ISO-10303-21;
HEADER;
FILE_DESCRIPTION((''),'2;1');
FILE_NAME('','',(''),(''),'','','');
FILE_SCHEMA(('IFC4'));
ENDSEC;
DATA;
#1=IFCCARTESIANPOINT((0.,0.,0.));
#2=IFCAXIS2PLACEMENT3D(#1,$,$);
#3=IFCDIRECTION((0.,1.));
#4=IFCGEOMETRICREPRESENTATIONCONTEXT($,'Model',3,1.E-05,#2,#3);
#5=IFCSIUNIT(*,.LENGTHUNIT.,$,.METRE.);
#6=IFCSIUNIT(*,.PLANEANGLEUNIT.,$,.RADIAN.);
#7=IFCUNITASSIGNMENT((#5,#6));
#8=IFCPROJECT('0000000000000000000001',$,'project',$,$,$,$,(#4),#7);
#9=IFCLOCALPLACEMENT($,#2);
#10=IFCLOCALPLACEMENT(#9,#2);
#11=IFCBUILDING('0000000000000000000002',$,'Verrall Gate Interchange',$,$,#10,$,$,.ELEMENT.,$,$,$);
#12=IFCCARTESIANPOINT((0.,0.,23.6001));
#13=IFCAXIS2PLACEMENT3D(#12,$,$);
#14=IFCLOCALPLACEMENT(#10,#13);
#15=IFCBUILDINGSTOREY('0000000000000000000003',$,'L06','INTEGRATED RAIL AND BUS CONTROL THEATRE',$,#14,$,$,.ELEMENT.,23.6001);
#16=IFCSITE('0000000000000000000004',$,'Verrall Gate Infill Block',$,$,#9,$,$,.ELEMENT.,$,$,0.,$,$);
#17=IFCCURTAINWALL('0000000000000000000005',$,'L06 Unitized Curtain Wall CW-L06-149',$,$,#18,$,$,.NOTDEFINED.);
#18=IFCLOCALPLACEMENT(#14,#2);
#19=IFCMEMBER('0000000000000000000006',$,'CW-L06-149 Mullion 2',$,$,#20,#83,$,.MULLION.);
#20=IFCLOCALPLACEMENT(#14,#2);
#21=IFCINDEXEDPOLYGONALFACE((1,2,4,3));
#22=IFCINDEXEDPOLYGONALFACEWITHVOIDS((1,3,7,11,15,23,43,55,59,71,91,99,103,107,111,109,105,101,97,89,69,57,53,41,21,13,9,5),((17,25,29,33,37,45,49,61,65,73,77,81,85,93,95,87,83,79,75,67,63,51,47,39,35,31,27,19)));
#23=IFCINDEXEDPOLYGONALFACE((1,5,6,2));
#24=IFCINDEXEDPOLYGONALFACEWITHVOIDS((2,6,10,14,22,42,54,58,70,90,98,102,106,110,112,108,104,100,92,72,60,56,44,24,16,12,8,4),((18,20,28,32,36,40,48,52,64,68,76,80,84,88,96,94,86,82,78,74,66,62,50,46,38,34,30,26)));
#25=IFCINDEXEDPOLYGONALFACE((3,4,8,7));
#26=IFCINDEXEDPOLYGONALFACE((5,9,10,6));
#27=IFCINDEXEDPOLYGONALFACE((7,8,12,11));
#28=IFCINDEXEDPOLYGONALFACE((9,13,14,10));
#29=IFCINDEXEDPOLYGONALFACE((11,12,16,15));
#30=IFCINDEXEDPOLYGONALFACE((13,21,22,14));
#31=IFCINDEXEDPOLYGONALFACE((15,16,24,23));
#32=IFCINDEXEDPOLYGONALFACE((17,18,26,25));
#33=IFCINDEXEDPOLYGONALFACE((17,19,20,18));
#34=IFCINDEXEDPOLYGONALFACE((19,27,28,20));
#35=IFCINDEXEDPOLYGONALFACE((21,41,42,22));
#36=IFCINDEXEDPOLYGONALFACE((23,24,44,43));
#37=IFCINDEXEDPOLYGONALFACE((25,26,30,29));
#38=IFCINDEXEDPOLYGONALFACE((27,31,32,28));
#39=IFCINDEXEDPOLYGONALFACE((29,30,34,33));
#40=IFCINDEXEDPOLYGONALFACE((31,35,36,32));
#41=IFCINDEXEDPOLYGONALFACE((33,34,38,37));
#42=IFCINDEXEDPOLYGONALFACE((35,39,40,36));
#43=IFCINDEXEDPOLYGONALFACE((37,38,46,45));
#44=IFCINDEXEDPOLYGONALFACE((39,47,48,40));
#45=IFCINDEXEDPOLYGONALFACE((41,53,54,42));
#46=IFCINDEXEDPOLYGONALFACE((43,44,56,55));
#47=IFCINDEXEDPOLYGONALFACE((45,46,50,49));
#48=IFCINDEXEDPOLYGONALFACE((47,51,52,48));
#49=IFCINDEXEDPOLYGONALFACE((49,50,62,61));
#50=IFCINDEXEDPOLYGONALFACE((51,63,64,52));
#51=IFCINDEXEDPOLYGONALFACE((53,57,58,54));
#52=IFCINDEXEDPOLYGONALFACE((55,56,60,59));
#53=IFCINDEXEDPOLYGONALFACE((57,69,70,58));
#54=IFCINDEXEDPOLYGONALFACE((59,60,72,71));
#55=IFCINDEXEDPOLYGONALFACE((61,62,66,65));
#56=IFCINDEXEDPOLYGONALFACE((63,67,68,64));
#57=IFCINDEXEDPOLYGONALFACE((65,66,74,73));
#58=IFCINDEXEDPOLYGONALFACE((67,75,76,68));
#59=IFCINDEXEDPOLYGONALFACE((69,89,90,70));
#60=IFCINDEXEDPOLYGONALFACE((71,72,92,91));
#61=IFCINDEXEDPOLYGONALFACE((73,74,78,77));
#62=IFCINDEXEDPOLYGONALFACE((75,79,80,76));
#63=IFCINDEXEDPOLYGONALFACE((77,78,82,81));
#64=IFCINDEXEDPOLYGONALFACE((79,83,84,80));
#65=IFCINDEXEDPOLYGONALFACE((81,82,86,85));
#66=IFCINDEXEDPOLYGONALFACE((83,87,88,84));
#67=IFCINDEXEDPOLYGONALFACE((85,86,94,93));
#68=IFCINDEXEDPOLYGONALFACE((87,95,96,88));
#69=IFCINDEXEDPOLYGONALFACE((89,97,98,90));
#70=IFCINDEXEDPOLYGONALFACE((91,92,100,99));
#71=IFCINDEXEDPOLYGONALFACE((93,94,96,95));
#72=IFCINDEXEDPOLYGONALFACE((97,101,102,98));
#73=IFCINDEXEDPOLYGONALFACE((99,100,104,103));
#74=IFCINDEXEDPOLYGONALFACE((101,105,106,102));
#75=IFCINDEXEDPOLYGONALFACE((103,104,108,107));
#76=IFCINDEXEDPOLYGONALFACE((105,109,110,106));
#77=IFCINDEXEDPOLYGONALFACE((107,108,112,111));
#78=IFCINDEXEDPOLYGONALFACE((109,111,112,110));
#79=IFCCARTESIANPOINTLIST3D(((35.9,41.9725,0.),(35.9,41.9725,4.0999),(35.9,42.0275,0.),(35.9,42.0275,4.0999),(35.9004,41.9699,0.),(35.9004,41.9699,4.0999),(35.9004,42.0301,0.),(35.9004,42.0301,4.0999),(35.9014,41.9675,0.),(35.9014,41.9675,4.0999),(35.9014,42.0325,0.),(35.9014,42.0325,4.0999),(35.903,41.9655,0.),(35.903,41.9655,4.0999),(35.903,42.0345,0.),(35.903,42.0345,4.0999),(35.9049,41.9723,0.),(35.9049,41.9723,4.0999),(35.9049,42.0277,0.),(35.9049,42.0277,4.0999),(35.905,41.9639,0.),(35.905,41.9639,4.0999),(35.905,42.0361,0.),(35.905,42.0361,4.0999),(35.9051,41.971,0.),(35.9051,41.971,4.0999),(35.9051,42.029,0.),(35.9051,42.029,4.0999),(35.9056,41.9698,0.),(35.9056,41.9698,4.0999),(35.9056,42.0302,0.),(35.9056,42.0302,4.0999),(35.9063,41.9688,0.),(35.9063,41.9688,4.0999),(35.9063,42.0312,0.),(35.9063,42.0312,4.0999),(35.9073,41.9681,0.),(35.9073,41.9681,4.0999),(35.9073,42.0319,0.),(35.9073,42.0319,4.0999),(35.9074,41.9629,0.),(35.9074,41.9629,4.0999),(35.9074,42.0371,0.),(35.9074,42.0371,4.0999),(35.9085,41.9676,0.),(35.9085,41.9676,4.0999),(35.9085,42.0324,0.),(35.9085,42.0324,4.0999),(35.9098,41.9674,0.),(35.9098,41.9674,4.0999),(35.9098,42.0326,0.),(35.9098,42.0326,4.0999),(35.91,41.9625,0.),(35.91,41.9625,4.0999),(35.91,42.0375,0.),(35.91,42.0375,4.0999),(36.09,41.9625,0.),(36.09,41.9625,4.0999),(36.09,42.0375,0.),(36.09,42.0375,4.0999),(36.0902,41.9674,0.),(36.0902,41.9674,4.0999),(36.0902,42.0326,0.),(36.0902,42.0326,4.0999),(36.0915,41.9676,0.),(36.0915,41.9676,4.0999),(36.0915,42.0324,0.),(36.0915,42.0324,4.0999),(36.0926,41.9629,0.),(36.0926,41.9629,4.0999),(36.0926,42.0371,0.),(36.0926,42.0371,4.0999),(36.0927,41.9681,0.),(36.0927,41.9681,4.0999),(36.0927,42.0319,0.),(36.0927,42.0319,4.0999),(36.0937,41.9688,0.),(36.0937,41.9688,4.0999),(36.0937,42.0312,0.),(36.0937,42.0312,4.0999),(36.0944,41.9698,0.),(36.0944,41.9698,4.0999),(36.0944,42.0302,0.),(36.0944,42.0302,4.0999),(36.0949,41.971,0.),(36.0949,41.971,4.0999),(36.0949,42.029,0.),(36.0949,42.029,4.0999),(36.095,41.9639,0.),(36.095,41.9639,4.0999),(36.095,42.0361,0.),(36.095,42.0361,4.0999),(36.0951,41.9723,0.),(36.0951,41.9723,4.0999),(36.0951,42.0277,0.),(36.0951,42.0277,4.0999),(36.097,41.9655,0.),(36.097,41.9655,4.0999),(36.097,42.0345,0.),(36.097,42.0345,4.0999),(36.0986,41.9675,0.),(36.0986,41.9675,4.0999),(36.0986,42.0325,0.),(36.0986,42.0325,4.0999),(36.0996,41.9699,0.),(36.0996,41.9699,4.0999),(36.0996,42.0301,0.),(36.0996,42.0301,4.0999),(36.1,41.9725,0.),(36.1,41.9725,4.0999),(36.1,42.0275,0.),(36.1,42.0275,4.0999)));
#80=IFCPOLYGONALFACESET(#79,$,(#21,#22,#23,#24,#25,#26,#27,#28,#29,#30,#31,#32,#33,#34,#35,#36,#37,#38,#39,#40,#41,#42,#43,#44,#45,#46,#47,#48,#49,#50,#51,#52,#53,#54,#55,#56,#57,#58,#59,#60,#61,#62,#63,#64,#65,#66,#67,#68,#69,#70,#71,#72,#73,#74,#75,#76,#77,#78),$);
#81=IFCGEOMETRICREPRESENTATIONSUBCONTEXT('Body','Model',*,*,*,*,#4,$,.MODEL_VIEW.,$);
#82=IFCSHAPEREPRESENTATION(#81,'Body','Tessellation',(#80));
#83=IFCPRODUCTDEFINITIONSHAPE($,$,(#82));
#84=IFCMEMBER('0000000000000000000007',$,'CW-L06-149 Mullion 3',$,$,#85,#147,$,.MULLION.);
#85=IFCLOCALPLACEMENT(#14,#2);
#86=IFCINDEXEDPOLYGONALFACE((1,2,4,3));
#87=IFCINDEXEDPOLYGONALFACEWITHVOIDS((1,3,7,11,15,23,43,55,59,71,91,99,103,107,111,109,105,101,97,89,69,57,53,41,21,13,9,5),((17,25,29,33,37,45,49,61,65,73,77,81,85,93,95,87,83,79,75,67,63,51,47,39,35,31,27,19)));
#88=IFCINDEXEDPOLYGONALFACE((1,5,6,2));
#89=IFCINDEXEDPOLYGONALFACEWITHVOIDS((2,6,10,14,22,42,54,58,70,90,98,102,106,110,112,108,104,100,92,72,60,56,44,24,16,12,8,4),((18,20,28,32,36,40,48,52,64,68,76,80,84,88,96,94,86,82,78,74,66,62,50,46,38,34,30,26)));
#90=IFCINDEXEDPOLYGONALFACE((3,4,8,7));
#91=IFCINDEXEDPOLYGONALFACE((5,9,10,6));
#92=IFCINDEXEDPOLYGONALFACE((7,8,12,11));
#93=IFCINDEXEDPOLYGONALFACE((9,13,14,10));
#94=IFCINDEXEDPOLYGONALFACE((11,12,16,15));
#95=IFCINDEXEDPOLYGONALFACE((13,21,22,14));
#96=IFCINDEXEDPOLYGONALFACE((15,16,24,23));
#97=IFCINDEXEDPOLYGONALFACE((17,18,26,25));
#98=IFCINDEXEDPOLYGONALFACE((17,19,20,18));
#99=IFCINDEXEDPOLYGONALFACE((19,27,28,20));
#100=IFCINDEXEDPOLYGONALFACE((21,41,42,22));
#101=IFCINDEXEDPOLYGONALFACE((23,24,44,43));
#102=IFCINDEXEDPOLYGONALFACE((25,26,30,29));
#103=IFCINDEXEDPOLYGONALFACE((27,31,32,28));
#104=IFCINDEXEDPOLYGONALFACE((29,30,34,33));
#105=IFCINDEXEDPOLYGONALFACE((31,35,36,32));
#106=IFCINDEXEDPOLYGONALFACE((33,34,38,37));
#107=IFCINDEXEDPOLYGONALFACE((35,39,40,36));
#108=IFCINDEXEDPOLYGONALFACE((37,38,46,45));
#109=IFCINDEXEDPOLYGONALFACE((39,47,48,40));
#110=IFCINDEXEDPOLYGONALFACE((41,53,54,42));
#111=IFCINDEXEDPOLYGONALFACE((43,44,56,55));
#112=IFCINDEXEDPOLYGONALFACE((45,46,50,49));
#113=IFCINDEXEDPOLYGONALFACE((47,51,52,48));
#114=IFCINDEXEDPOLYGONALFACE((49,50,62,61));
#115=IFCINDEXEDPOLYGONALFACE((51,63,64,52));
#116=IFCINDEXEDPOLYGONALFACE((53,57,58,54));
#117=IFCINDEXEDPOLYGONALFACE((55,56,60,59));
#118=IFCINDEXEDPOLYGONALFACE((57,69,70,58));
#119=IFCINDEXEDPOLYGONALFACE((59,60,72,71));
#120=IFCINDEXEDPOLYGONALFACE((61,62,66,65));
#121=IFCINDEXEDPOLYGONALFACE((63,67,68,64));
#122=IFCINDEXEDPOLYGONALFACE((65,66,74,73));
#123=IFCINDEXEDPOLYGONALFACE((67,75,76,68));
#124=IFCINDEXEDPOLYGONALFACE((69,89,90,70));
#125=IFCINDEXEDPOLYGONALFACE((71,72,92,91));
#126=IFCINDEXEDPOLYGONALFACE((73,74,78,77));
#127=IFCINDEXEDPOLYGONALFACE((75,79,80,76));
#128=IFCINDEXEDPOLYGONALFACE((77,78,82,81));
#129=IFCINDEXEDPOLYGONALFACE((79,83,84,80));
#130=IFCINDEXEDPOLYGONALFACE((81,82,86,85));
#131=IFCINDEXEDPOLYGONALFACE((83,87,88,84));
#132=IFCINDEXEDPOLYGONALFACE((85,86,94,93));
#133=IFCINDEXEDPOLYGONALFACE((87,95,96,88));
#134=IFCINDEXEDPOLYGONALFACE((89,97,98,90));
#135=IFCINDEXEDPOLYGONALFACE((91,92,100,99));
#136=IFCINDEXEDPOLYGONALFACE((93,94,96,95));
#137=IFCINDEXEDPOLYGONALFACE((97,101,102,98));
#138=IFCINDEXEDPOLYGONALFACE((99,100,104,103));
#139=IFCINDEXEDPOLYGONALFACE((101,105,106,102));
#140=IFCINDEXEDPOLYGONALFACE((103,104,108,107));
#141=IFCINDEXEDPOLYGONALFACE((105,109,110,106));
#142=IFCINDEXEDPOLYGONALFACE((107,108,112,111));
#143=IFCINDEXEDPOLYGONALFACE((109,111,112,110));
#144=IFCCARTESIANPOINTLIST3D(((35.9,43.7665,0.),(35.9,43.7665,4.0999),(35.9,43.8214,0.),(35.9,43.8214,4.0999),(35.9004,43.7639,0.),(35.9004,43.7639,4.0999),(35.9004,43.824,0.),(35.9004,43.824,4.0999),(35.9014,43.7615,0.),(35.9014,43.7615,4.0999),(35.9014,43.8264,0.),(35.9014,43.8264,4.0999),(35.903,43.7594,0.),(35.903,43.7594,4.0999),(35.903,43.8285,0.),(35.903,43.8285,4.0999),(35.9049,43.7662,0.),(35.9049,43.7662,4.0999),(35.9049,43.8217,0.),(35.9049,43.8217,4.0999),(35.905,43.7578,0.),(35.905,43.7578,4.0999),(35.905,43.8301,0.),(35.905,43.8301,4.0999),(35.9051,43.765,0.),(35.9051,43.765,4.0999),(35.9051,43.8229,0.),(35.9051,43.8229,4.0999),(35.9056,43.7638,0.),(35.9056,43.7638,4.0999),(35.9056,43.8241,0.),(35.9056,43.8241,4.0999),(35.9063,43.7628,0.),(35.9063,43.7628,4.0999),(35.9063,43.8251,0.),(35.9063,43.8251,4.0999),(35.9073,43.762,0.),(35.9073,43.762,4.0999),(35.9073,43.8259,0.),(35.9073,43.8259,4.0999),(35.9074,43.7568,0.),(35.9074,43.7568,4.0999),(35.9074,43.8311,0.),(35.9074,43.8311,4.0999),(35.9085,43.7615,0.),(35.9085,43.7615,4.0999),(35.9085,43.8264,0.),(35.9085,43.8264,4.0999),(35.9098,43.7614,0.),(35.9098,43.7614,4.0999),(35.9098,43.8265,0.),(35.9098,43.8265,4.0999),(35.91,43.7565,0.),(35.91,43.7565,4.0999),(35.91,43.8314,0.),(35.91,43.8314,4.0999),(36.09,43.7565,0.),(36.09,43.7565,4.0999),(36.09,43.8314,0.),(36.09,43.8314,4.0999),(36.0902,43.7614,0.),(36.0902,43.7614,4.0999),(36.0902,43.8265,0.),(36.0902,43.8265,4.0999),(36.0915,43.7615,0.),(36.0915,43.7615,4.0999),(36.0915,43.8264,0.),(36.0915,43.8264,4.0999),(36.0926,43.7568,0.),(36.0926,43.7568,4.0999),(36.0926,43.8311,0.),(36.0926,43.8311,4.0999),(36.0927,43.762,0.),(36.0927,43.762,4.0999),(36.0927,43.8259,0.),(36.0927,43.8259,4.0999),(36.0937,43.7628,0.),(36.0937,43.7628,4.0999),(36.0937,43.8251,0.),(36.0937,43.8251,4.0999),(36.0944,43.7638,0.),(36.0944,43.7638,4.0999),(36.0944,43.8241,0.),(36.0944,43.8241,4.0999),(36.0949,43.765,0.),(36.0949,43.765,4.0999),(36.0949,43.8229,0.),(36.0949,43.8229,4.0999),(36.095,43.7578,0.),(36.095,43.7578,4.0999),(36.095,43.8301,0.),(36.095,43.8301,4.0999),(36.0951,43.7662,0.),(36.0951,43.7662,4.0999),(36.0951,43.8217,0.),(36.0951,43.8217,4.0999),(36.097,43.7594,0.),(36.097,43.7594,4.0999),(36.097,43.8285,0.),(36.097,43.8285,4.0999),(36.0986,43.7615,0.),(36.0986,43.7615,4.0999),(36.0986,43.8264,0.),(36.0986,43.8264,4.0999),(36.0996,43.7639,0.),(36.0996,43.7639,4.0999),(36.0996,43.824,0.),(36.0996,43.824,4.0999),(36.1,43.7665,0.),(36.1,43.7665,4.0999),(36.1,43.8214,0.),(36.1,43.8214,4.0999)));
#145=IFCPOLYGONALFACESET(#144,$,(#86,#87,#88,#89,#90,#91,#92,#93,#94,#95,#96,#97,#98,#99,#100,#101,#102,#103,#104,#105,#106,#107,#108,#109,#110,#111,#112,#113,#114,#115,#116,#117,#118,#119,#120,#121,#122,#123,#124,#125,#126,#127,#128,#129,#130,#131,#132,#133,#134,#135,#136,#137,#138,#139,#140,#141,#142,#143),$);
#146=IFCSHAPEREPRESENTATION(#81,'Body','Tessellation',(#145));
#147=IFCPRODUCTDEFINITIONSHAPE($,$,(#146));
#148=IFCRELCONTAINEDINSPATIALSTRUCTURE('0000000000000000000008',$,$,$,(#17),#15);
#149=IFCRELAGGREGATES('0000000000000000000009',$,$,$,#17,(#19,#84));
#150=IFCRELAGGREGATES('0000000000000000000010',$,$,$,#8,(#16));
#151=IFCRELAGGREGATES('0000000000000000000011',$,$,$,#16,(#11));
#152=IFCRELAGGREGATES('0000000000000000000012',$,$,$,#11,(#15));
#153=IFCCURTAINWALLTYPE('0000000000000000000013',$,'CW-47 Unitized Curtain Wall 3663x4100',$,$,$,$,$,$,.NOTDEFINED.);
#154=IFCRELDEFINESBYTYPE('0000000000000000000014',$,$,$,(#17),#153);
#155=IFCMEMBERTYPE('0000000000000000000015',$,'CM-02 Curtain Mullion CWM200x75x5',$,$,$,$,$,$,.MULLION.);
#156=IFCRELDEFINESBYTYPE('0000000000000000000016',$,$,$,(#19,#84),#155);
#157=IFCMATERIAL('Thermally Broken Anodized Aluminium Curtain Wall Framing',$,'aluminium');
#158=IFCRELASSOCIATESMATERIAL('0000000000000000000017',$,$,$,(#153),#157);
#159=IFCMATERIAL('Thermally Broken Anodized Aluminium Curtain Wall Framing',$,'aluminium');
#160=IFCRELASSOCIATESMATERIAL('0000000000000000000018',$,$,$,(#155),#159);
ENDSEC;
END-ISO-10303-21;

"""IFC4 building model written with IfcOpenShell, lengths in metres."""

from ifc_helpers import new_model, si_unit, direction, frame, origin, origin_2d, place, context, subcontext, project, spatial, hollow_rectangle, extrude, material, material_profile, profile_set, type_object, element, aggregate, save


model = new_model("IFC4")

# Units and contexts
model_context = context("Model", 3, precision=1e-05, world=origin(), true_north=direction((0.0, 1.0)))
body_context = subcontext(model_context, "Body", "Model", "MODEL_VIEW")
ifc_project = project(units=[si_unit("LENGTHUNIT", "METRE"), si_unit("PLANEANGLEUNIT", "RADIAN")], contexts=[model_context])

# Site, building, storey
site_placement = place(None, origin())
site = spatial("IfcSite", under=ifc_project, at=site_placement, Name="Verrall Gate Infill Block", CompositionType="ELEMENT", RefElevation=0.0)
building_placement = place(site_placement, origin())
building = spatial("IfcBuilding", under=site, at=building_placement, Name="Verrall Gate Interchange", CompositionType="ELEMENT")
storey_placement = place(building_placement, frame((0.0, 0.0, 23.6001)))
storey = spatial("IfcBuildingStorey", under=building, at=storey_placement, Name="L06", Description="INTEGRATED RAIL AND BUS CONTROL THEATRE", CompositionType="ELEMENT", Elevation=23.6001)

# Curtain wall, members
ifc_material_1 = material(Name="Thermally Broken Anodized Aluminium Curtain Wall Framing", Category="aluminium")
curtain_wall_type_1 = type_object("IfcCurtainWallType", Name="CW-47 Unitized Curtain Wall 3663x4100", PredefinedType="NOTDEFINED", material=ifc_material_1)
curtain_wall_1_placement = place(storey_placement, origin())
curtain_wall_1 = element("IfcCurtainWall", 1, at=curtain_wall_1_placement, inside=storey, type_object=curtain_wall_type_1, Name="L06 Unitized Curtain Wall CW-L06-149", PredefinedType="NOTDEFINED")
ifc_material_2 = material(Name="Thermally Broken Anodized Aluminium Curtain Wall Framing", Category="aluminium")
ifc_material_profile_1 = material_profile(ifc_material_2, hollow_rectangle(XDim=0.075, YDim=0.2, WallThickness=0.0049, InnerFilletRadius=0.0049, OuterFilletRadius=0.01, at=origin_2d()), Name="CWM200x75x5")
ifc_profile_set_1 = profile_set([ifc_material_profile_1], Name="Thermally Broken Anodized Aluminium Curtain Wall Framing")
member_type_1 = type_object("IfcMemberType", Name="CM-02 Curtain Mullion CWM200x75x5", PredefinedType="MULLION", material=ifc_profile_set_1)
member_1_placement = place(storey_placement, frame((36.0, 42.0, 0.0), z_axis=(0.0, 0.0, 1.0), x_axis=(0.0, 1.0, 0.0)))
member_1 = element("IfcMember", 2, at=member_1_placement, type_object=member_type_1, Name="CW-L06-149 Mullion 2", PredefinedType="MULLION", context=body_context, shape_type="SweptSolid", body=[
    extrude(hollow_rectangle(XDim=0.075, YDim=0.2, WallThickness=0.0049, InnerFilletRadius=0.0049, OuterFilletRadius=0.01, at=origin_2d()), origin(), (0.0, 0.0, 1.0), 4.0999),
])
member_2_placement = place(storey_placement, frame((36.0, 43.7939, 0.0), z_axis=(0.0, 0.0, 1.0), x_axis=(0.0, 1.0, 0.0)))
member_2 = element("IfcMember", 3, at=member_2_placement, type_object=member_type_1, Name="CW-L06-149 Mullion 3", PredefinedType="MULLION", context=body_context, shape_type="SweptSolid", body=[
    extrude(hollow_rectangle(XDim=0.075, YDim=0.2, WallThickness=0.0049, InnerFilletRadius=0.0049, OuterFilletRadius=0.01, at=origin_2d()), origin(), (0.0, 0.0, 1.0), 4.0999),
])

aggregate(curtain_wall_1, [member_1, member_2])

save(model, "model.ifc")
